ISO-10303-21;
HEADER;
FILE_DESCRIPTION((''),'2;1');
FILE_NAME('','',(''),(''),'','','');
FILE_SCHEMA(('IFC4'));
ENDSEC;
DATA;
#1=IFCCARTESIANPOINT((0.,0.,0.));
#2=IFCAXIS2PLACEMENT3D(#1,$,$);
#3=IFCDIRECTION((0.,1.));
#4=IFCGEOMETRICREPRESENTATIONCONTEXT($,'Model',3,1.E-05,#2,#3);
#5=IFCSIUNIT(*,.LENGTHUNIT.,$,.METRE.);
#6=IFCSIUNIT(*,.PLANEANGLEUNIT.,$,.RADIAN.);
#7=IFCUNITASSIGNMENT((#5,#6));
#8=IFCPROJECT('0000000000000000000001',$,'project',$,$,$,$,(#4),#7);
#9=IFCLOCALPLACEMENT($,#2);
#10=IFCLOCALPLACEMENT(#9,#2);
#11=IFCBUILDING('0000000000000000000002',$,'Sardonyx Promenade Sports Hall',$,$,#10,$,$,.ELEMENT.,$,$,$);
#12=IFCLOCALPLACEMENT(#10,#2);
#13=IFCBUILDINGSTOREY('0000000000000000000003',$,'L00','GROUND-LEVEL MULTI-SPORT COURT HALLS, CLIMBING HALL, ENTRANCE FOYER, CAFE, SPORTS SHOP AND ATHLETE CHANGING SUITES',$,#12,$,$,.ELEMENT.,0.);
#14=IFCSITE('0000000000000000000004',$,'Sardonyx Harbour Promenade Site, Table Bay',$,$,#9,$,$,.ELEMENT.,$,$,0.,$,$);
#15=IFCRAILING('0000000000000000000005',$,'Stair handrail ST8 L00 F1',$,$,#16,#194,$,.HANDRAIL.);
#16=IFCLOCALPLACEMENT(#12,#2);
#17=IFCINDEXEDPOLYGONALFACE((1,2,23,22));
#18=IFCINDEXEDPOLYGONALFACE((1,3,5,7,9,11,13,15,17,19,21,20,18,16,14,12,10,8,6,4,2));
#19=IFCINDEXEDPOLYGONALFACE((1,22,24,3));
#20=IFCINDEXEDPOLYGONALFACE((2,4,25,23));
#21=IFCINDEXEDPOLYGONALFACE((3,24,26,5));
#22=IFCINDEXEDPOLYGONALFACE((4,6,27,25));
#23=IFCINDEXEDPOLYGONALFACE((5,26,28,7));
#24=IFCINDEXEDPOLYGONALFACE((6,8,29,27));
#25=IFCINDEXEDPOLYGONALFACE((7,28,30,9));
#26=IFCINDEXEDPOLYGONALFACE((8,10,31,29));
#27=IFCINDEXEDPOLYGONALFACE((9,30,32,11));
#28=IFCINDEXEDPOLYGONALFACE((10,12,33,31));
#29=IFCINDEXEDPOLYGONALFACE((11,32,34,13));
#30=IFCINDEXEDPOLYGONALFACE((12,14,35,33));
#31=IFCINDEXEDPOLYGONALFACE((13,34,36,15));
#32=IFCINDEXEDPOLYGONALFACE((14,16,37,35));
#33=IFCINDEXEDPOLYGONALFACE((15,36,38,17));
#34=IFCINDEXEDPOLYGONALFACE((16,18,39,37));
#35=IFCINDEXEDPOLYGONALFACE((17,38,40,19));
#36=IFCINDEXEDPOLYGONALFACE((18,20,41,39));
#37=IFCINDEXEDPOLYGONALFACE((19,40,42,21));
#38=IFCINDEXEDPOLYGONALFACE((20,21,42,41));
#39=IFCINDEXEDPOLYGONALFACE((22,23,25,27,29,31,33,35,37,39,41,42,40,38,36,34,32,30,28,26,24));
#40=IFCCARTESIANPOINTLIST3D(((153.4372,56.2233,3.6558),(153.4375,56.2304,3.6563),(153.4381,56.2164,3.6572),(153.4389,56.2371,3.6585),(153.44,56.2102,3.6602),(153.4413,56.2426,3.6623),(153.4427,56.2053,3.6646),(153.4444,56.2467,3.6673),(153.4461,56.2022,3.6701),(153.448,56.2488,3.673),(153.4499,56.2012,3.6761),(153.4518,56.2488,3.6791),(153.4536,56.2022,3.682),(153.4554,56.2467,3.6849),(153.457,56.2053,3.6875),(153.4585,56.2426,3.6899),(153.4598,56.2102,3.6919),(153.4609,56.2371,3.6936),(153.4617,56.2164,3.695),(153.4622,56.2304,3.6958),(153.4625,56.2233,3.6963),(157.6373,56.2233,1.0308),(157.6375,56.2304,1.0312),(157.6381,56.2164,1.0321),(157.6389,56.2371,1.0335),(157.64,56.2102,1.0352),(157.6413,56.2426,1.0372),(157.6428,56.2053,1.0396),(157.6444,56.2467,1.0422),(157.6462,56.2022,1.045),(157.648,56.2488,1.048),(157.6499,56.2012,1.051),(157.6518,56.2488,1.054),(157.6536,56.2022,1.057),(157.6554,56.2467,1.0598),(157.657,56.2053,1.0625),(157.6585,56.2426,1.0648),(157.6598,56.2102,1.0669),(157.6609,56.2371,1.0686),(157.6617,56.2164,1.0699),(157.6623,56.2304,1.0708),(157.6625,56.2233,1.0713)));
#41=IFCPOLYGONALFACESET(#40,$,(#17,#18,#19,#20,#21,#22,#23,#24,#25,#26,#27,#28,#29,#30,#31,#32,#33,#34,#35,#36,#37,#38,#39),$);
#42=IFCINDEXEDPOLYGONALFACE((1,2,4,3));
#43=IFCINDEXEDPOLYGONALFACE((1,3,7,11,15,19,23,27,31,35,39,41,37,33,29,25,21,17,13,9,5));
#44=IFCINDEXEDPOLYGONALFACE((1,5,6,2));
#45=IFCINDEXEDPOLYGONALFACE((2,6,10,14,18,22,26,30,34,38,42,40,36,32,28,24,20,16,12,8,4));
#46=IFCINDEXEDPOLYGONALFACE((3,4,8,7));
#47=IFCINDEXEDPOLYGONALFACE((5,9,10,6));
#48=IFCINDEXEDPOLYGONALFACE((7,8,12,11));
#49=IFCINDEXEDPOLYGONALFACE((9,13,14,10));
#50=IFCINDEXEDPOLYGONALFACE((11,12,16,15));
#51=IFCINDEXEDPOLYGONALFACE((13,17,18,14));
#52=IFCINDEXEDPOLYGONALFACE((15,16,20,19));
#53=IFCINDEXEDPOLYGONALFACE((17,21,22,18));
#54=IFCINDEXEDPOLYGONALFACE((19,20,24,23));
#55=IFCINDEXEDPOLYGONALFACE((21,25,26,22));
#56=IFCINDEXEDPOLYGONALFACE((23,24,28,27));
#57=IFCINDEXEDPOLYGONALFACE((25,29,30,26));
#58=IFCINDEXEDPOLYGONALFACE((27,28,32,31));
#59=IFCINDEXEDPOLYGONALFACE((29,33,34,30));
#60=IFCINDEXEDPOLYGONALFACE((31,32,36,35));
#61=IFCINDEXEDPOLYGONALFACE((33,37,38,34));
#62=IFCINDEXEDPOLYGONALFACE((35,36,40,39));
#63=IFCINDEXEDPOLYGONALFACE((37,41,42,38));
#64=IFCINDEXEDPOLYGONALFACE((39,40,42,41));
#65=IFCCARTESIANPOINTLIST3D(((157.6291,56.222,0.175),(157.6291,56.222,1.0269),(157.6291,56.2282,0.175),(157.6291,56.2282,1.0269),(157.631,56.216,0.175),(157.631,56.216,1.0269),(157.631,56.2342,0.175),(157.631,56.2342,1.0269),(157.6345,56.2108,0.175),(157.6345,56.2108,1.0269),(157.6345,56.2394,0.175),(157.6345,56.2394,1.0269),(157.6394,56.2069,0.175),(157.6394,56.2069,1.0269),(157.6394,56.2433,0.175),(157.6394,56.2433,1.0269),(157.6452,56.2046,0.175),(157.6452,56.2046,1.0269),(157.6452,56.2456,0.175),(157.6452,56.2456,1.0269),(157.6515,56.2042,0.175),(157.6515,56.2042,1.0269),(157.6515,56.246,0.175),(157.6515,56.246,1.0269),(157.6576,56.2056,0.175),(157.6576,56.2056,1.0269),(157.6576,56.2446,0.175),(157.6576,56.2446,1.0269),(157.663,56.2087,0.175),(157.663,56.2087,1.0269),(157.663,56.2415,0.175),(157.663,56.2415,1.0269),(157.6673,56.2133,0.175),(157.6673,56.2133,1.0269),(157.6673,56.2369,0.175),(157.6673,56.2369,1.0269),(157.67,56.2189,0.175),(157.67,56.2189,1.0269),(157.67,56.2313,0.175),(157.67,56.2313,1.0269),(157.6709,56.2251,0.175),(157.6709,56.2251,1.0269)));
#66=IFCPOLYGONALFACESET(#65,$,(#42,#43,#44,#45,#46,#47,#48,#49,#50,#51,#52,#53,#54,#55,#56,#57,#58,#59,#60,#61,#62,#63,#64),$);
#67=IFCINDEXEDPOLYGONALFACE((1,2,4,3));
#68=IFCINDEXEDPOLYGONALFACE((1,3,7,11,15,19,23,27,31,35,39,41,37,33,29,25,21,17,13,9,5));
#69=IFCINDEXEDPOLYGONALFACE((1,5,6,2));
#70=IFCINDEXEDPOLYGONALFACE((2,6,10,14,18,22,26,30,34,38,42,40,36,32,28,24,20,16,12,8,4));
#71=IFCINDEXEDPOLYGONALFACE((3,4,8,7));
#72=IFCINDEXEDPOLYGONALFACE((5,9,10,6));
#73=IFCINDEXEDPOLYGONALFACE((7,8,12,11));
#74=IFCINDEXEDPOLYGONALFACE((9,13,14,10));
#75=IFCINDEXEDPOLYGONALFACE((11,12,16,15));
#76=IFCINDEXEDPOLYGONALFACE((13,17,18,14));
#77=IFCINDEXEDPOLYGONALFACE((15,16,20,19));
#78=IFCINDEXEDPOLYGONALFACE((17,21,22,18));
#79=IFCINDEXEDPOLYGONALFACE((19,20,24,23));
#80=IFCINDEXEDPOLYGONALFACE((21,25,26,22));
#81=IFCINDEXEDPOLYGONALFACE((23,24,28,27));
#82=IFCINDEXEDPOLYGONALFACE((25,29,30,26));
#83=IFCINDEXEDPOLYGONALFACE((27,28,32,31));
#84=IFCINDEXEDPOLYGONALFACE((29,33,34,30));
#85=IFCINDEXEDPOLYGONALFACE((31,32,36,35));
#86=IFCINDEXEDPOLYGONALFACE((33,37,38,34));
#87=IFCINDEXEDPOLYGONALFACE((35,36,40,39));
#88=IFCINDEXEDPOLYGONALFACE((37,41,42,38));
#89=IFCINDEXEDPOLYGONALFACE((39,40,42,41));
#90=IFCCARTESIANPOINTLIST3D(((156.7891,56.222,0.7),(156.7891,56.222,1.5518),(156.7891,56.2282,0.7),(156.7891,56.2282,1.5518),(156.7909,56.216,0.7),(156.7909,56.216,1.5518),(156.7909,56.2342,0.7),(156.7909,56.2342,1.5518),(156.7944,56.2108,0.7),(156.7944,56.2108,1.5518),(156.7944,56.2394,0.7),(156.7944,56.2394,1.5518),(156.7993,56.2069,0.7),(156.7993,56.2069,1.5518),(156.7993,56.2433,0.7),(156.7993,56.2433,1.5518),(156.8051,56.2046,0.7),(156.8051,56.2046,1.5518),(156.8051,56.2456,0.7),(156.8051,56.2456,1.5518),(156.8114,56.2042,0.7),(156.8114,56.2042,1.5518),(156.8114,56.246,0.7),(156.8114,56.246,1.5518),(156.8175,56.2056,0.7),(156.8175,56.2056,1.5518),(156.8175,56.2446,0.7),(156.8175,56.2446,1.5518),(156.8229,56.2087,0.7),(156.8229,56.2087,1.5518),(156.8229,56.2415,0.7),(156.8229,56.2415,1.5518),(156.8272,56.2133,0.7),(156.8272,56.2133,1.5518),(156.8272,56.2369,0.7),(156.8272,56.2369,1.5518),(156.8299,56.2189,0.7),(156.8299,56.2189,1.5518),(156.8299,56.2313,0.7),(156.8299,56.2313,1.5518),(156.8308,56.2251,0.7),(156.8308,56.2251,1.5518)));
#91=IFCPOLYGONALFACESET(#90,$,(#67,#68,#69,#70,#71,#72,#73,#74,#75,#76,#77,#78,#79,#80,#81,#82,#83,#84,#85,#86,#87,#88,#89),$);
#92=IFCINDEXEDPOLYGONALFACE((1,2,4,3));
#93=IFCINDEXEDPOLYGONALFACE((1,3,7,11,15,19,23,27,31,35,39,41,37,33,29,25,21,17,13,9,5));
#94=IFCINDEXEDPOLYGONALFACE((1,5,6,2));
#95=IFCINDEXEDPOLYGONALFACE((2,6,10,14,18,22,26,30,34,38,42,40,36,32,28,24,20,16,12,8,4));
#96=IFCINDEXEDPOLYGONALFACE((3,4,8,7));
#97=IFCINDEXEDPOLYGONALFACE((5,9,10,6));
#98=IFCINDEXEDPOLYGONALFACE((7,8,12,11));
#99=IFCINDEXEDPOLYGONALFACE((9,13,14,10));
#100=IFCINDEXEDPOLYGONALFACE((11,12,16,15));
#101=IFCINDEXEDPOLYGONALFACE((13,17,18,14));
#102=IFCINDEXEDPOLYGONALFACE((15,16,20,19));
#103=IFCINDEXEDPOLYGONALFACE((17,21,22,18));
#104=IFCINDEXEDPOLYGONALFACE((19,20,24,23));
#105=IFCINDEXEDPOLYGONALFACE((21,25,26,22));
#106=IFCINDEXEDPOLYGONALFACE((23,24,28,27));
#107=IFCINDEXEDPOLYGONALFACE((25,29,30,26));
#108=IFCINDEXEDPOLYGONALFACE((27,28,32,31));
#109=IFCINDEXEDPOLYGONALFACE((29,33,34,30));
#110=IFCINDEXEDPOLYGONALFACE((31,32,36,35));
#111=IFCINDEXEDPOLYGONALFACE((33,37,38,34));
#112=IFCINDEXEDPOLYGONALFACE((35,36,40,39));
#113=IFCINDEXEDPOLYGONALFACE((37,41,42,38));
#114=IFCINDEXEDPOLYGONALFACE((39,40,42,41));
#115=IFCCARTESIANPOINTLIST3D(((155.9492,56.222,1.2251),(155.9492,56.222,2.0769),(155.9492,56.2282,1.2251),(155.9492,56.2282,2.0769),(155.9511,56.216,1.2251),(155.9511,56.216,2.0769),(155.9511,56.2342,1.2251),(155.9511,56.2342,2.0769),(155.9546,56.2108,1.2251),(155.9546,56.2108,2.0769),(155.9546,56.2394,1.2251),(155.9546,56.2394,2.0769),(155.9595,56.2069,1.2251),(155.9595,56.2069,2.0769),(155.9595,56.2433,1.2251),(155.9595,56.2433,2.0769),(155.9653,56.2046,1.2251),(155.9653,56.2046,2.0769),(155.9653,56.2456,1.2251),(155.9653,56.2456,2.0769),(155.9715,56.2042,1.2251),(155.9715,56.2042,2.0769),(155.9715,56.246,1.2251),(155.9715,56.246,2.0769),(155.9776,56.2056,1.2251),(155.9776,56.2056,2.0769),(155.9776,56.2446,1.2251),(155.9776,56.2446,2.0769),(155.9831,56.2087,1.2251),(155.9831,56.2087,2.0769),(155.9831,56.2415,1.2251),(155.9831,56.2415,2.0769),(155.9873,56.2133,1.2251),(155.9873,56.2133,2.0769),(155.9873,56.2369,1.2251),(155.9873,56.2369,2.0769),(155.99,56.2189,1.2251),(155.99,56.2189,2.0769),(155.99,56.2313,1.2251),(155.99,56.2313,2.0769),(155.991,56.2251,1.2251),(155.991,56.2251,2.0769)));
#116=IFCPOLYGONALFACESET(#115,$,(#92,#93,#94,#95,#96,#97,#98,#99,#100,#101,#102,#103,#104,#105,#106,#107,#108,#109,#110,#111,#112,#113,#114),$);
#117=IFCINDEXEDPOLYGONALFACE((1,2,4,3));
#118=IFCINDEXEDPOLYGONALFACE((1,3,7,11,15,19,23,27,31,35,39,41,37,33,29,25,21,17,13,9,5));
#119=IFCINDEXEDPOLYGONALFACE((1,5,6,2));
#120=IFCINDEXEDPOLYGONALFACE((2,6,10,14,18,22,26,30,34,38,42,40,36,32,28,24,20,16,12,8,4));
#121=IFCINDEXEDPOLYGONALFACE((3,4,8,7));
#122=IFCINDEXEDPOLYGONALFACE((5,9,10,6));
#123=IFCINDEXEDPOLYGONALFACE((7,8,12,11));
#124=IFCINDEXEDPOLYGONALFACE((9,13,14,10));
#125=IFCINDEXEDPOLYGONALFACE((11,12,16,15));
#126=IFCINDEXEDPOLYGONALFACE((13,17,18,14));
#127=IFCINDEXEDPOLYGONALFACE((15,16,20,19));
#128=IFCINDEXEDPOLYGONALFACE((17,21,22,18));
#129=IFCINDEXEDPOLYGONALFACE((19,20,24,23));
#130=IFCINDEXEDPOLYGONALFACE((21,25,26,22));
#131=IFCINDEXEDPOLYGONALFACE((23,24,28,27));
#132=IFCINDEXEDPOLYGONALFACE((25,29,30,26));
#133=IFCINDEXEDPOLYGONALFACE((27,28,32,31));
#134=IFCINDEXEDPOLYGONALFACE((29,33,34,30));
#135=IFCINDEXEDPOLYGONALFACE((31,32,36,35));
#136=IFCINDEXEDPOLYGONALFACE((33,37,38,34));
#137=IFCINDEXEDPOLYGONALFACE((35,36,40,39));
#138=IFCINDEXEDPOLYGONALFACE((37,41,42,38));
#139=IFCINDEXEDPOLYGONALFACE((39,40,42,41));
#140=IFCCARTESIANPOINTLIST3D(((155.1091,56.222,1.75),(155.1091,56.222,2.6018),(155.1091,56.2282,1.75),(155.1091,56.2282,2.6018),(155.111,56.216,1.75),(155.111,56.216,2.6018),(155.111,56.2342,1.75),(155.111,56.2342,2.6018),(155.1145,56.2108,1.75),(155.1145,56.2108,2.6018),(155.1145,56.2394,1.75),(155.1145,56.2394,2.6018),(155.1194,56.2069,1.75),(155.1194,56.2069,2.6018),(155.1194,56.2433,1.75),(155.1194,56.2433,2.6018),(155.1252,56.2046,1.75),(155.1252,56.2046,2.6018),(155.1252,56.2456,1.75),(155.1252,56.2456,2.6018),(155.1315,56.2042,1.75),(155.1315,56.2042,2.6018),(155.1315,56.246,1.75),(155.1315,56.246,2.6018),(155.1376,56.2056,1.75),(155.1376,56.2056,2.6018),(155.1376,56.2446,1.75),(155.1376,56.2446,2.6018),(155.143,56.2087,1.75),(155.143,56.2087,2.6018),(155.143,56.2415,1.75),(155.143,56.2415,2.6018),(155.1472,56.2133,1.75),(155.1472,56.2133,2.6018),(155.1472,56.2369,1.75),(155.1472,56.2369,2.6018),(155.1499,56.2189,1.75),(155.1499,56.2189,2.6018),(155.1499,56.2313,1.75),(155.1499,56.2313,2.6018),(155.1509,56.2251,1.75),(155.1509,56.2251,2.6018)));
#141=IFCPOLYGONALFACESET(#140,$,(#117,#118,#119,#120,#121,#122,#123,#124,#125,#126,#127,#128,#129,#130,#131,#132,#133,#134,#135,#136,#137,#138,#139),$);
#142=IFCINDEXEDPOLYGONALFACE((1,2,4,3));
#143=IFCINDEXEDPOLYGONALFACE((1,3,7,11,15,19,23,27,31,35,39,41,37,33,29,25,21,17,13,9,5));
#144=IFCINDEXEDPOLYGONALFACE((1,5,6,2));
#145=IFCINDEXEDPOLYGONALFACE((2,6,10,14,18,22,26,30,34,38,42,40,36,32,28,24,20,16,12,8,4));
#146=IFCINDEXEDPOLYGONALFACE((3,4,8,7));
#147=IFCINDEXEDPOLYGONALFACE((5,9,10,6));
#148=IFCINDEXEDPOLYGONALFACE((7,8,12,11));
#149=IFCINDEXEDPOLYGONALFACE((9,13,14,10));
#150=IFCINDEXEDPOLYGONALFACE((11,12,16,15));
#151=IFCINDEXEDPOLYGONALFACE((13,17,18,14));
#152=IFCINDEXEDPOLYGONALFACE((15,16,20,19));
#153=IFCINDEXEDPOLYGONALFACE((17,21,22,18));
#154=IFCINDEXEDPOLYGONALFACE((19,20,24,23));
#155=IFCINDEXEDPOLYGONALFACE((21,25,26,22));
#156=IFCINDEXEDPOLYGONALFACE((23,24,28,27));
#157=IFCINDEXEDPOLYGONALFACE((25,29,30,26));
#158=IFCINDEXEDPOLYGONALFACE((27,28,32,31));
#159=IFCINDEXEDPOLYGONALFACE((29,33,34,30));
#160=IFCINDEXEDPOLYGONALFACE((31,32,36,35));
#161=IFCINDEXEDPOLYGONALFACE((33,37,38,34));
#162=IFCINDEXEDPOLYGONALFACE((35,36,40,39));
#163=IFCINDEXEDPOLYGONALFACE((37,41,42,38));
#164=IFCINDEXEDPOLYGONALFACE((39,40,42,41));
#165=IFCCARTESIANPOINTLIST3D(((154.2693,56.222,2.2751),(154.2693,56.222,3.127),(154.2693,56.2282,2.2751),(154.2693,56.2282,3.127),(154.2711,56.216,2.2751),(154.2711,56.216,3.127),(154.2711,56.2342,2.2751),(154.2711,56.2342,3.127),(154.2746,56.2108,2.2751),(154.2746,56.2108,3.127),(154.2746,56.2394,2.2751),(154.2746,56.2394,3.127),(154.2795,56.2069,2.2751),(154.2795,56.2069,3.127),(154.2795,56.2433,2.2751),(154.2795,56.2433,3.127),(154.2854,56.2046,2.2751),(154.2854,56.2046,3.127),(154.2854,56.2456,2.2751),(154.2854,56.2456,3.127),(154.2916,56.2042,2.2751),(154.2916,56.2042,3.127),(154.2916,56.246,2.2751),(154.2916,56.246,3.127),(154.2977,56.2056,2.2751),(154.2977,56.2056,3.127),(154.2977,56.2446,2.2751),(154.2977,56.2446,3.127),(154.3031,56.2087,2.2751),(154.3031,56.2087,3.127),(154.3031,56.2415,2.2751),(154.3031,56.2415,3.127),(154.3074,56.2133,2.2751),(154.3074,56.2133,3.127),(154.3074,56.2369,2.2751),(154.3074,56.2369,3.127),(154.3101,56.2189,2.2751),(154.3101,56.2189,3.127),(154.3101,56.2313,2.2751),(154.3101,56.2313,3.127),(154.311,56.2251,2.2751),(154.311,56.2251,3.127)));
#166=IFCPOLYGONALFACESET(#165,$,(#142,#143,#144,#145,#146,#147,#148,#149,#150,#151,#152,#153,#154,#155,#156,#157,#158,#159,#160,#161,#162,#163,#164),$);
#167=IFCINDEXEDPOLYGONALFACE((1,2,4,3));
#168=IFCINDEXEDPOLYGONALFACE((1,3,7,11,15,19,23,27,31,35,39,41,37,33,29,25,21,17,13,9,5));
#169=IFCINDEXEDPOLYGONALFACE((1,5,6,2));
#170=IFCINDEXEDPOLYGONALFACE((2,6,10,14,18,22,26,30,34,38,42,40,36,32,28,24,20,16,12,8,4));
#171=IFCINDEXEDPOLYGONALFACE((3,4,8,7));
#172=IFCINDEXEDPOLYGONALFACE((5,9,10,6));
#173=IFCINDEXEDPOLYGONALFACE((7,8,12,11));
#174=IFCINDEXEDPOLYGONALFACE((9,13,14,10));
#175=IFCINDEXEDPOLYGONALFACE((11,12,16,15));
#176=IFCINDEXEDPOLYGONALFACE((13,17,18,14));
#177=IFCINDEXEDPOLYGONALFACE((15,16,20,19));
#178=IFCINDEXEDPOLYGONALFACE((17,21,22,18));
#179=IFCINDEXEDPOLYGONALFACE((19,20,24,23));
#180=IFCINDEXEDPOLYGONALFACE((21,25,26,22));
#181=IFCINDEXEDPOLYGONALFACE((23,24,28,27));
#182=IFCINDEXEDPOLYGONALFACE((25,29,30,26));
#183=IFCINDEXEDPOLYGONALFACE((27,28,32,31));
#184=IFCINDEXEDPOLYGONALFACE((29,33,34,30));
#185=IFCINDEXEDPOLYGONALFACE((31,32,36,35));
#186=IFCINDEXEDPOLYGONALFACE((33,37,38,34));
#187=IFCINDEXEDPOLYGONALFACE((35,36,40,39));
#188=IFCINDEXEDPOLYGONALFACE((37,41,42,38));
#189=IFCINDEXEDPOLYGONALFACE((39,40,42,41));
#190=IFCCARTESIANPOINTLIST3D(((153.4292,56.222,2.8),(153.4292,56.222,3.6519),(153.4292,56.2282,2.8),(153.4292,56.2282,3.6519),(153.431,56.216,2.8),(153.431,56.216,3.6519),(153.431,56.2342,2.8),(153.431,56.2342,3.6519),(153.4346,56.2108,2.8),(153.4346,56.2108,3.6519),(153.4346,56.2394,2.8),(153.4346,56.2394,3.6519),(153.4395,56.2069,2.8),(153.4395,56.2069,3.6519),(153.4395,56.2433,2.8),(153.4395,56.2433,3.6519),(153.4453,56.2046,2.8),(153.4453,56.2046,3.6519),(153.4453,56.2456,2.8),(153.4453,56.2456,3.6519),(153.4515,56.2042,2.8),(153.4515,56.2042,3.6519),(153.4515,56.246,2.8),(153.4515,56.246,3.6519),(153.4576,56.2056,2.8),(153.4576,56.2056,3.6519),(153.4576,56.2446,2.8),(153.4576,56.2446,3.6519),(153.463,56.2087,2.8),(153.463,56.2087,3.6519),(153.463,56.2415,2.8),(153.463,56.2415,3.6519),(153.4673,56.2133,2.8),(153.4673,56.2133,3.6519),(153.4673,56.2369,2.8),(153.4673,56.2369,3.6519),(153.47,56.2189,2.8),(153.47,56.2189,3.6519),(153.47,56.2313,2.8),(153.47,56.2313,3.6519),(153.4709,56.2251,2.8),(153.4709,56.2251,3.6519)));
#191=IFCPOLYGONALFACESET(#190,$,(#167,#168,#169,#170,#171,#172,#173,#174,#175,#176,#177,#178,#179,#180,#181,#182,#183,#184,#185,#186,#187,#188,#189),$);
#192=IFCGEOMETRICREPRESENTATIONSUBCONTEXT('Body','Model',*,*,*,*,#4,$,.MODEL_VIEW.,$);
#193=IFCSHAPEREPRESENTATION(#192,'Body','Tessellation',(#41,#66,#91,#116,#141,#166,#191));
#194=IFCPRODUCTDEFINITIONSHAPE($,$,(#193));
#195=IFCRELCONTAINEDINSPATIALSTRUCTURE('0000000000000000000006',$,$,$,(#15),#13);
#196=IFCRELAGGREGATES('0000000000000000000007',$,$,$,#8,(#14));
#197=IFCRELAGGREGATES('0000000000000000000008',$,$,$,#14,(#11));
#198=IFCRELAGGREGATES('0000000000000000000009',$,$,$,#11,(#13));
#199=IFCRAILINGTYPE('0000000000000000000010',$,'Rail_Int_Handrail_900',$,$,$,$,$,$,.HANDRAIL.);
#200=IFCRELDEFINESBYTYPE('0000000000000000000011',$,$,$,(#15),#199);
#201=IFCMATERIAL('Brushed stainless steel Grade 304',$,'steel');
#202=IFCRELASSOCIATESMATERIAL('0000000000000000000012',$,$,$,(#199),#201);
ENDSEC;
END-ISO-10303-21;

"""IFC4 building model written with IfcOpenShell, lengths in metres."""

from ifc_helpers import new_model, si_unit, direction, frame, origin, origin_2d, place, context, subcontext, project, spatial, circle, extrude, material, type_object, element, save


model = new_model("IFC4")

# Units and contexts
model_context = context("Model", 3, precision=1e-05, world=origin(), true_north=direction((0.0, 1.0)))
body_context = subcontext(model_context, "Body", "Model", "MODEL_VIEW")
ifc_project = project(units=[si_unit("LENGTHUNIT", "METRE"), si_unit("PLANEANGLEUNIT", "RADIAN")], contexts=[model_context])

# Site, building, storey
site_placement = place(None, origin())
site = spatial("IfcSite", under=ifc_project, at=site_placement, Name="Sardonyx Harbour Promenade Site, Table Bay", CompositionType="ELEMENT", RefElevation=0.0)
building_placement = place(site_placement, origin())
building = spatial("IfcBuilding", under=site, at=building_placement, Name="Sardonyx Promenade Sports Hall", CompositionType="ELEMENT")
storey_placement = place(building_placement, origin())
storey = spatial("IfcBuildingStorey", under=building, at=storey_placement, Name="L00", Description="GROUND-LEVEL MULTI-SPORT COURT HALLS, CLIMBING HALL, ENTRANCE FOYER, CAFE, SPORTS SHOP AND ATHLETE CHANGING SUITES", CompositionType="ELEMENT", Elevation=0.0)

# Railing
ifc_material_1 = material(Name="Brushed stainless steel Grade 304", Category="steel")
railing_type_1 = type_object("IfcRailingType", Name="Rail_Int_Handrail_900", PredefinedType="HANDRAIL", material=ifc_material_1)
railing_1_placement = place(storey_placement, frame((157.6499, 56.2251, 0.175)))
element("IfcRailing", 1, at=railing_1_placement, inside=storey, type_object=railing_type_1, Name="Stair handrail ST8 L00 F1", PredefinedType="HANDRAIL", context=body_context, shape_type="SweptSolid", body=[
    extrude(circle(Radius=0.0239, at=origin_2d()), frame((0.0, 0.0, 0.876), z_axis=(-0.847996, 0.0, 0.530003), x_axis=(0.0, -1.0, 0.0)), (0.0, 0.0, 1.0), 4.9529),
    extrude(circle(Radius=0.021, at=origin_2d()), origin(), (0.0, 0.0, 1.0), 0.8518),
    extrude(circle(Radius=0.021, at=origin_2d()), frame((-0.8401, 0.0, 0.5249)), (0.0, 0.0, 1.0), 0.8518),
    extrude(circle(Radius=0.021, at=origin_2d()), frame((-1.6799, 0.0, 1.05)), (0.0, 0.0, 1.0), 0.8518),
    extrude(circle(Radius=0.021, at=origin_2d()), frame((-2.52, 0.0, 1.575)), (0.0, 0.0, 1.0), 0.8518),
    extrude(circle(Radius=0.021, at=origin_2d()), frame((-3.3599, 0.0, 2.1001)), (0.0, 0.0, 1.0), 0.8518),
    extrude(circle(Radius=0.021, at=origin_2d()), frame((-4.2, 0.0, 2.625)), (0.0, 0.0, 1.0), 0.8518),
])

save(model, "model.ifc")
